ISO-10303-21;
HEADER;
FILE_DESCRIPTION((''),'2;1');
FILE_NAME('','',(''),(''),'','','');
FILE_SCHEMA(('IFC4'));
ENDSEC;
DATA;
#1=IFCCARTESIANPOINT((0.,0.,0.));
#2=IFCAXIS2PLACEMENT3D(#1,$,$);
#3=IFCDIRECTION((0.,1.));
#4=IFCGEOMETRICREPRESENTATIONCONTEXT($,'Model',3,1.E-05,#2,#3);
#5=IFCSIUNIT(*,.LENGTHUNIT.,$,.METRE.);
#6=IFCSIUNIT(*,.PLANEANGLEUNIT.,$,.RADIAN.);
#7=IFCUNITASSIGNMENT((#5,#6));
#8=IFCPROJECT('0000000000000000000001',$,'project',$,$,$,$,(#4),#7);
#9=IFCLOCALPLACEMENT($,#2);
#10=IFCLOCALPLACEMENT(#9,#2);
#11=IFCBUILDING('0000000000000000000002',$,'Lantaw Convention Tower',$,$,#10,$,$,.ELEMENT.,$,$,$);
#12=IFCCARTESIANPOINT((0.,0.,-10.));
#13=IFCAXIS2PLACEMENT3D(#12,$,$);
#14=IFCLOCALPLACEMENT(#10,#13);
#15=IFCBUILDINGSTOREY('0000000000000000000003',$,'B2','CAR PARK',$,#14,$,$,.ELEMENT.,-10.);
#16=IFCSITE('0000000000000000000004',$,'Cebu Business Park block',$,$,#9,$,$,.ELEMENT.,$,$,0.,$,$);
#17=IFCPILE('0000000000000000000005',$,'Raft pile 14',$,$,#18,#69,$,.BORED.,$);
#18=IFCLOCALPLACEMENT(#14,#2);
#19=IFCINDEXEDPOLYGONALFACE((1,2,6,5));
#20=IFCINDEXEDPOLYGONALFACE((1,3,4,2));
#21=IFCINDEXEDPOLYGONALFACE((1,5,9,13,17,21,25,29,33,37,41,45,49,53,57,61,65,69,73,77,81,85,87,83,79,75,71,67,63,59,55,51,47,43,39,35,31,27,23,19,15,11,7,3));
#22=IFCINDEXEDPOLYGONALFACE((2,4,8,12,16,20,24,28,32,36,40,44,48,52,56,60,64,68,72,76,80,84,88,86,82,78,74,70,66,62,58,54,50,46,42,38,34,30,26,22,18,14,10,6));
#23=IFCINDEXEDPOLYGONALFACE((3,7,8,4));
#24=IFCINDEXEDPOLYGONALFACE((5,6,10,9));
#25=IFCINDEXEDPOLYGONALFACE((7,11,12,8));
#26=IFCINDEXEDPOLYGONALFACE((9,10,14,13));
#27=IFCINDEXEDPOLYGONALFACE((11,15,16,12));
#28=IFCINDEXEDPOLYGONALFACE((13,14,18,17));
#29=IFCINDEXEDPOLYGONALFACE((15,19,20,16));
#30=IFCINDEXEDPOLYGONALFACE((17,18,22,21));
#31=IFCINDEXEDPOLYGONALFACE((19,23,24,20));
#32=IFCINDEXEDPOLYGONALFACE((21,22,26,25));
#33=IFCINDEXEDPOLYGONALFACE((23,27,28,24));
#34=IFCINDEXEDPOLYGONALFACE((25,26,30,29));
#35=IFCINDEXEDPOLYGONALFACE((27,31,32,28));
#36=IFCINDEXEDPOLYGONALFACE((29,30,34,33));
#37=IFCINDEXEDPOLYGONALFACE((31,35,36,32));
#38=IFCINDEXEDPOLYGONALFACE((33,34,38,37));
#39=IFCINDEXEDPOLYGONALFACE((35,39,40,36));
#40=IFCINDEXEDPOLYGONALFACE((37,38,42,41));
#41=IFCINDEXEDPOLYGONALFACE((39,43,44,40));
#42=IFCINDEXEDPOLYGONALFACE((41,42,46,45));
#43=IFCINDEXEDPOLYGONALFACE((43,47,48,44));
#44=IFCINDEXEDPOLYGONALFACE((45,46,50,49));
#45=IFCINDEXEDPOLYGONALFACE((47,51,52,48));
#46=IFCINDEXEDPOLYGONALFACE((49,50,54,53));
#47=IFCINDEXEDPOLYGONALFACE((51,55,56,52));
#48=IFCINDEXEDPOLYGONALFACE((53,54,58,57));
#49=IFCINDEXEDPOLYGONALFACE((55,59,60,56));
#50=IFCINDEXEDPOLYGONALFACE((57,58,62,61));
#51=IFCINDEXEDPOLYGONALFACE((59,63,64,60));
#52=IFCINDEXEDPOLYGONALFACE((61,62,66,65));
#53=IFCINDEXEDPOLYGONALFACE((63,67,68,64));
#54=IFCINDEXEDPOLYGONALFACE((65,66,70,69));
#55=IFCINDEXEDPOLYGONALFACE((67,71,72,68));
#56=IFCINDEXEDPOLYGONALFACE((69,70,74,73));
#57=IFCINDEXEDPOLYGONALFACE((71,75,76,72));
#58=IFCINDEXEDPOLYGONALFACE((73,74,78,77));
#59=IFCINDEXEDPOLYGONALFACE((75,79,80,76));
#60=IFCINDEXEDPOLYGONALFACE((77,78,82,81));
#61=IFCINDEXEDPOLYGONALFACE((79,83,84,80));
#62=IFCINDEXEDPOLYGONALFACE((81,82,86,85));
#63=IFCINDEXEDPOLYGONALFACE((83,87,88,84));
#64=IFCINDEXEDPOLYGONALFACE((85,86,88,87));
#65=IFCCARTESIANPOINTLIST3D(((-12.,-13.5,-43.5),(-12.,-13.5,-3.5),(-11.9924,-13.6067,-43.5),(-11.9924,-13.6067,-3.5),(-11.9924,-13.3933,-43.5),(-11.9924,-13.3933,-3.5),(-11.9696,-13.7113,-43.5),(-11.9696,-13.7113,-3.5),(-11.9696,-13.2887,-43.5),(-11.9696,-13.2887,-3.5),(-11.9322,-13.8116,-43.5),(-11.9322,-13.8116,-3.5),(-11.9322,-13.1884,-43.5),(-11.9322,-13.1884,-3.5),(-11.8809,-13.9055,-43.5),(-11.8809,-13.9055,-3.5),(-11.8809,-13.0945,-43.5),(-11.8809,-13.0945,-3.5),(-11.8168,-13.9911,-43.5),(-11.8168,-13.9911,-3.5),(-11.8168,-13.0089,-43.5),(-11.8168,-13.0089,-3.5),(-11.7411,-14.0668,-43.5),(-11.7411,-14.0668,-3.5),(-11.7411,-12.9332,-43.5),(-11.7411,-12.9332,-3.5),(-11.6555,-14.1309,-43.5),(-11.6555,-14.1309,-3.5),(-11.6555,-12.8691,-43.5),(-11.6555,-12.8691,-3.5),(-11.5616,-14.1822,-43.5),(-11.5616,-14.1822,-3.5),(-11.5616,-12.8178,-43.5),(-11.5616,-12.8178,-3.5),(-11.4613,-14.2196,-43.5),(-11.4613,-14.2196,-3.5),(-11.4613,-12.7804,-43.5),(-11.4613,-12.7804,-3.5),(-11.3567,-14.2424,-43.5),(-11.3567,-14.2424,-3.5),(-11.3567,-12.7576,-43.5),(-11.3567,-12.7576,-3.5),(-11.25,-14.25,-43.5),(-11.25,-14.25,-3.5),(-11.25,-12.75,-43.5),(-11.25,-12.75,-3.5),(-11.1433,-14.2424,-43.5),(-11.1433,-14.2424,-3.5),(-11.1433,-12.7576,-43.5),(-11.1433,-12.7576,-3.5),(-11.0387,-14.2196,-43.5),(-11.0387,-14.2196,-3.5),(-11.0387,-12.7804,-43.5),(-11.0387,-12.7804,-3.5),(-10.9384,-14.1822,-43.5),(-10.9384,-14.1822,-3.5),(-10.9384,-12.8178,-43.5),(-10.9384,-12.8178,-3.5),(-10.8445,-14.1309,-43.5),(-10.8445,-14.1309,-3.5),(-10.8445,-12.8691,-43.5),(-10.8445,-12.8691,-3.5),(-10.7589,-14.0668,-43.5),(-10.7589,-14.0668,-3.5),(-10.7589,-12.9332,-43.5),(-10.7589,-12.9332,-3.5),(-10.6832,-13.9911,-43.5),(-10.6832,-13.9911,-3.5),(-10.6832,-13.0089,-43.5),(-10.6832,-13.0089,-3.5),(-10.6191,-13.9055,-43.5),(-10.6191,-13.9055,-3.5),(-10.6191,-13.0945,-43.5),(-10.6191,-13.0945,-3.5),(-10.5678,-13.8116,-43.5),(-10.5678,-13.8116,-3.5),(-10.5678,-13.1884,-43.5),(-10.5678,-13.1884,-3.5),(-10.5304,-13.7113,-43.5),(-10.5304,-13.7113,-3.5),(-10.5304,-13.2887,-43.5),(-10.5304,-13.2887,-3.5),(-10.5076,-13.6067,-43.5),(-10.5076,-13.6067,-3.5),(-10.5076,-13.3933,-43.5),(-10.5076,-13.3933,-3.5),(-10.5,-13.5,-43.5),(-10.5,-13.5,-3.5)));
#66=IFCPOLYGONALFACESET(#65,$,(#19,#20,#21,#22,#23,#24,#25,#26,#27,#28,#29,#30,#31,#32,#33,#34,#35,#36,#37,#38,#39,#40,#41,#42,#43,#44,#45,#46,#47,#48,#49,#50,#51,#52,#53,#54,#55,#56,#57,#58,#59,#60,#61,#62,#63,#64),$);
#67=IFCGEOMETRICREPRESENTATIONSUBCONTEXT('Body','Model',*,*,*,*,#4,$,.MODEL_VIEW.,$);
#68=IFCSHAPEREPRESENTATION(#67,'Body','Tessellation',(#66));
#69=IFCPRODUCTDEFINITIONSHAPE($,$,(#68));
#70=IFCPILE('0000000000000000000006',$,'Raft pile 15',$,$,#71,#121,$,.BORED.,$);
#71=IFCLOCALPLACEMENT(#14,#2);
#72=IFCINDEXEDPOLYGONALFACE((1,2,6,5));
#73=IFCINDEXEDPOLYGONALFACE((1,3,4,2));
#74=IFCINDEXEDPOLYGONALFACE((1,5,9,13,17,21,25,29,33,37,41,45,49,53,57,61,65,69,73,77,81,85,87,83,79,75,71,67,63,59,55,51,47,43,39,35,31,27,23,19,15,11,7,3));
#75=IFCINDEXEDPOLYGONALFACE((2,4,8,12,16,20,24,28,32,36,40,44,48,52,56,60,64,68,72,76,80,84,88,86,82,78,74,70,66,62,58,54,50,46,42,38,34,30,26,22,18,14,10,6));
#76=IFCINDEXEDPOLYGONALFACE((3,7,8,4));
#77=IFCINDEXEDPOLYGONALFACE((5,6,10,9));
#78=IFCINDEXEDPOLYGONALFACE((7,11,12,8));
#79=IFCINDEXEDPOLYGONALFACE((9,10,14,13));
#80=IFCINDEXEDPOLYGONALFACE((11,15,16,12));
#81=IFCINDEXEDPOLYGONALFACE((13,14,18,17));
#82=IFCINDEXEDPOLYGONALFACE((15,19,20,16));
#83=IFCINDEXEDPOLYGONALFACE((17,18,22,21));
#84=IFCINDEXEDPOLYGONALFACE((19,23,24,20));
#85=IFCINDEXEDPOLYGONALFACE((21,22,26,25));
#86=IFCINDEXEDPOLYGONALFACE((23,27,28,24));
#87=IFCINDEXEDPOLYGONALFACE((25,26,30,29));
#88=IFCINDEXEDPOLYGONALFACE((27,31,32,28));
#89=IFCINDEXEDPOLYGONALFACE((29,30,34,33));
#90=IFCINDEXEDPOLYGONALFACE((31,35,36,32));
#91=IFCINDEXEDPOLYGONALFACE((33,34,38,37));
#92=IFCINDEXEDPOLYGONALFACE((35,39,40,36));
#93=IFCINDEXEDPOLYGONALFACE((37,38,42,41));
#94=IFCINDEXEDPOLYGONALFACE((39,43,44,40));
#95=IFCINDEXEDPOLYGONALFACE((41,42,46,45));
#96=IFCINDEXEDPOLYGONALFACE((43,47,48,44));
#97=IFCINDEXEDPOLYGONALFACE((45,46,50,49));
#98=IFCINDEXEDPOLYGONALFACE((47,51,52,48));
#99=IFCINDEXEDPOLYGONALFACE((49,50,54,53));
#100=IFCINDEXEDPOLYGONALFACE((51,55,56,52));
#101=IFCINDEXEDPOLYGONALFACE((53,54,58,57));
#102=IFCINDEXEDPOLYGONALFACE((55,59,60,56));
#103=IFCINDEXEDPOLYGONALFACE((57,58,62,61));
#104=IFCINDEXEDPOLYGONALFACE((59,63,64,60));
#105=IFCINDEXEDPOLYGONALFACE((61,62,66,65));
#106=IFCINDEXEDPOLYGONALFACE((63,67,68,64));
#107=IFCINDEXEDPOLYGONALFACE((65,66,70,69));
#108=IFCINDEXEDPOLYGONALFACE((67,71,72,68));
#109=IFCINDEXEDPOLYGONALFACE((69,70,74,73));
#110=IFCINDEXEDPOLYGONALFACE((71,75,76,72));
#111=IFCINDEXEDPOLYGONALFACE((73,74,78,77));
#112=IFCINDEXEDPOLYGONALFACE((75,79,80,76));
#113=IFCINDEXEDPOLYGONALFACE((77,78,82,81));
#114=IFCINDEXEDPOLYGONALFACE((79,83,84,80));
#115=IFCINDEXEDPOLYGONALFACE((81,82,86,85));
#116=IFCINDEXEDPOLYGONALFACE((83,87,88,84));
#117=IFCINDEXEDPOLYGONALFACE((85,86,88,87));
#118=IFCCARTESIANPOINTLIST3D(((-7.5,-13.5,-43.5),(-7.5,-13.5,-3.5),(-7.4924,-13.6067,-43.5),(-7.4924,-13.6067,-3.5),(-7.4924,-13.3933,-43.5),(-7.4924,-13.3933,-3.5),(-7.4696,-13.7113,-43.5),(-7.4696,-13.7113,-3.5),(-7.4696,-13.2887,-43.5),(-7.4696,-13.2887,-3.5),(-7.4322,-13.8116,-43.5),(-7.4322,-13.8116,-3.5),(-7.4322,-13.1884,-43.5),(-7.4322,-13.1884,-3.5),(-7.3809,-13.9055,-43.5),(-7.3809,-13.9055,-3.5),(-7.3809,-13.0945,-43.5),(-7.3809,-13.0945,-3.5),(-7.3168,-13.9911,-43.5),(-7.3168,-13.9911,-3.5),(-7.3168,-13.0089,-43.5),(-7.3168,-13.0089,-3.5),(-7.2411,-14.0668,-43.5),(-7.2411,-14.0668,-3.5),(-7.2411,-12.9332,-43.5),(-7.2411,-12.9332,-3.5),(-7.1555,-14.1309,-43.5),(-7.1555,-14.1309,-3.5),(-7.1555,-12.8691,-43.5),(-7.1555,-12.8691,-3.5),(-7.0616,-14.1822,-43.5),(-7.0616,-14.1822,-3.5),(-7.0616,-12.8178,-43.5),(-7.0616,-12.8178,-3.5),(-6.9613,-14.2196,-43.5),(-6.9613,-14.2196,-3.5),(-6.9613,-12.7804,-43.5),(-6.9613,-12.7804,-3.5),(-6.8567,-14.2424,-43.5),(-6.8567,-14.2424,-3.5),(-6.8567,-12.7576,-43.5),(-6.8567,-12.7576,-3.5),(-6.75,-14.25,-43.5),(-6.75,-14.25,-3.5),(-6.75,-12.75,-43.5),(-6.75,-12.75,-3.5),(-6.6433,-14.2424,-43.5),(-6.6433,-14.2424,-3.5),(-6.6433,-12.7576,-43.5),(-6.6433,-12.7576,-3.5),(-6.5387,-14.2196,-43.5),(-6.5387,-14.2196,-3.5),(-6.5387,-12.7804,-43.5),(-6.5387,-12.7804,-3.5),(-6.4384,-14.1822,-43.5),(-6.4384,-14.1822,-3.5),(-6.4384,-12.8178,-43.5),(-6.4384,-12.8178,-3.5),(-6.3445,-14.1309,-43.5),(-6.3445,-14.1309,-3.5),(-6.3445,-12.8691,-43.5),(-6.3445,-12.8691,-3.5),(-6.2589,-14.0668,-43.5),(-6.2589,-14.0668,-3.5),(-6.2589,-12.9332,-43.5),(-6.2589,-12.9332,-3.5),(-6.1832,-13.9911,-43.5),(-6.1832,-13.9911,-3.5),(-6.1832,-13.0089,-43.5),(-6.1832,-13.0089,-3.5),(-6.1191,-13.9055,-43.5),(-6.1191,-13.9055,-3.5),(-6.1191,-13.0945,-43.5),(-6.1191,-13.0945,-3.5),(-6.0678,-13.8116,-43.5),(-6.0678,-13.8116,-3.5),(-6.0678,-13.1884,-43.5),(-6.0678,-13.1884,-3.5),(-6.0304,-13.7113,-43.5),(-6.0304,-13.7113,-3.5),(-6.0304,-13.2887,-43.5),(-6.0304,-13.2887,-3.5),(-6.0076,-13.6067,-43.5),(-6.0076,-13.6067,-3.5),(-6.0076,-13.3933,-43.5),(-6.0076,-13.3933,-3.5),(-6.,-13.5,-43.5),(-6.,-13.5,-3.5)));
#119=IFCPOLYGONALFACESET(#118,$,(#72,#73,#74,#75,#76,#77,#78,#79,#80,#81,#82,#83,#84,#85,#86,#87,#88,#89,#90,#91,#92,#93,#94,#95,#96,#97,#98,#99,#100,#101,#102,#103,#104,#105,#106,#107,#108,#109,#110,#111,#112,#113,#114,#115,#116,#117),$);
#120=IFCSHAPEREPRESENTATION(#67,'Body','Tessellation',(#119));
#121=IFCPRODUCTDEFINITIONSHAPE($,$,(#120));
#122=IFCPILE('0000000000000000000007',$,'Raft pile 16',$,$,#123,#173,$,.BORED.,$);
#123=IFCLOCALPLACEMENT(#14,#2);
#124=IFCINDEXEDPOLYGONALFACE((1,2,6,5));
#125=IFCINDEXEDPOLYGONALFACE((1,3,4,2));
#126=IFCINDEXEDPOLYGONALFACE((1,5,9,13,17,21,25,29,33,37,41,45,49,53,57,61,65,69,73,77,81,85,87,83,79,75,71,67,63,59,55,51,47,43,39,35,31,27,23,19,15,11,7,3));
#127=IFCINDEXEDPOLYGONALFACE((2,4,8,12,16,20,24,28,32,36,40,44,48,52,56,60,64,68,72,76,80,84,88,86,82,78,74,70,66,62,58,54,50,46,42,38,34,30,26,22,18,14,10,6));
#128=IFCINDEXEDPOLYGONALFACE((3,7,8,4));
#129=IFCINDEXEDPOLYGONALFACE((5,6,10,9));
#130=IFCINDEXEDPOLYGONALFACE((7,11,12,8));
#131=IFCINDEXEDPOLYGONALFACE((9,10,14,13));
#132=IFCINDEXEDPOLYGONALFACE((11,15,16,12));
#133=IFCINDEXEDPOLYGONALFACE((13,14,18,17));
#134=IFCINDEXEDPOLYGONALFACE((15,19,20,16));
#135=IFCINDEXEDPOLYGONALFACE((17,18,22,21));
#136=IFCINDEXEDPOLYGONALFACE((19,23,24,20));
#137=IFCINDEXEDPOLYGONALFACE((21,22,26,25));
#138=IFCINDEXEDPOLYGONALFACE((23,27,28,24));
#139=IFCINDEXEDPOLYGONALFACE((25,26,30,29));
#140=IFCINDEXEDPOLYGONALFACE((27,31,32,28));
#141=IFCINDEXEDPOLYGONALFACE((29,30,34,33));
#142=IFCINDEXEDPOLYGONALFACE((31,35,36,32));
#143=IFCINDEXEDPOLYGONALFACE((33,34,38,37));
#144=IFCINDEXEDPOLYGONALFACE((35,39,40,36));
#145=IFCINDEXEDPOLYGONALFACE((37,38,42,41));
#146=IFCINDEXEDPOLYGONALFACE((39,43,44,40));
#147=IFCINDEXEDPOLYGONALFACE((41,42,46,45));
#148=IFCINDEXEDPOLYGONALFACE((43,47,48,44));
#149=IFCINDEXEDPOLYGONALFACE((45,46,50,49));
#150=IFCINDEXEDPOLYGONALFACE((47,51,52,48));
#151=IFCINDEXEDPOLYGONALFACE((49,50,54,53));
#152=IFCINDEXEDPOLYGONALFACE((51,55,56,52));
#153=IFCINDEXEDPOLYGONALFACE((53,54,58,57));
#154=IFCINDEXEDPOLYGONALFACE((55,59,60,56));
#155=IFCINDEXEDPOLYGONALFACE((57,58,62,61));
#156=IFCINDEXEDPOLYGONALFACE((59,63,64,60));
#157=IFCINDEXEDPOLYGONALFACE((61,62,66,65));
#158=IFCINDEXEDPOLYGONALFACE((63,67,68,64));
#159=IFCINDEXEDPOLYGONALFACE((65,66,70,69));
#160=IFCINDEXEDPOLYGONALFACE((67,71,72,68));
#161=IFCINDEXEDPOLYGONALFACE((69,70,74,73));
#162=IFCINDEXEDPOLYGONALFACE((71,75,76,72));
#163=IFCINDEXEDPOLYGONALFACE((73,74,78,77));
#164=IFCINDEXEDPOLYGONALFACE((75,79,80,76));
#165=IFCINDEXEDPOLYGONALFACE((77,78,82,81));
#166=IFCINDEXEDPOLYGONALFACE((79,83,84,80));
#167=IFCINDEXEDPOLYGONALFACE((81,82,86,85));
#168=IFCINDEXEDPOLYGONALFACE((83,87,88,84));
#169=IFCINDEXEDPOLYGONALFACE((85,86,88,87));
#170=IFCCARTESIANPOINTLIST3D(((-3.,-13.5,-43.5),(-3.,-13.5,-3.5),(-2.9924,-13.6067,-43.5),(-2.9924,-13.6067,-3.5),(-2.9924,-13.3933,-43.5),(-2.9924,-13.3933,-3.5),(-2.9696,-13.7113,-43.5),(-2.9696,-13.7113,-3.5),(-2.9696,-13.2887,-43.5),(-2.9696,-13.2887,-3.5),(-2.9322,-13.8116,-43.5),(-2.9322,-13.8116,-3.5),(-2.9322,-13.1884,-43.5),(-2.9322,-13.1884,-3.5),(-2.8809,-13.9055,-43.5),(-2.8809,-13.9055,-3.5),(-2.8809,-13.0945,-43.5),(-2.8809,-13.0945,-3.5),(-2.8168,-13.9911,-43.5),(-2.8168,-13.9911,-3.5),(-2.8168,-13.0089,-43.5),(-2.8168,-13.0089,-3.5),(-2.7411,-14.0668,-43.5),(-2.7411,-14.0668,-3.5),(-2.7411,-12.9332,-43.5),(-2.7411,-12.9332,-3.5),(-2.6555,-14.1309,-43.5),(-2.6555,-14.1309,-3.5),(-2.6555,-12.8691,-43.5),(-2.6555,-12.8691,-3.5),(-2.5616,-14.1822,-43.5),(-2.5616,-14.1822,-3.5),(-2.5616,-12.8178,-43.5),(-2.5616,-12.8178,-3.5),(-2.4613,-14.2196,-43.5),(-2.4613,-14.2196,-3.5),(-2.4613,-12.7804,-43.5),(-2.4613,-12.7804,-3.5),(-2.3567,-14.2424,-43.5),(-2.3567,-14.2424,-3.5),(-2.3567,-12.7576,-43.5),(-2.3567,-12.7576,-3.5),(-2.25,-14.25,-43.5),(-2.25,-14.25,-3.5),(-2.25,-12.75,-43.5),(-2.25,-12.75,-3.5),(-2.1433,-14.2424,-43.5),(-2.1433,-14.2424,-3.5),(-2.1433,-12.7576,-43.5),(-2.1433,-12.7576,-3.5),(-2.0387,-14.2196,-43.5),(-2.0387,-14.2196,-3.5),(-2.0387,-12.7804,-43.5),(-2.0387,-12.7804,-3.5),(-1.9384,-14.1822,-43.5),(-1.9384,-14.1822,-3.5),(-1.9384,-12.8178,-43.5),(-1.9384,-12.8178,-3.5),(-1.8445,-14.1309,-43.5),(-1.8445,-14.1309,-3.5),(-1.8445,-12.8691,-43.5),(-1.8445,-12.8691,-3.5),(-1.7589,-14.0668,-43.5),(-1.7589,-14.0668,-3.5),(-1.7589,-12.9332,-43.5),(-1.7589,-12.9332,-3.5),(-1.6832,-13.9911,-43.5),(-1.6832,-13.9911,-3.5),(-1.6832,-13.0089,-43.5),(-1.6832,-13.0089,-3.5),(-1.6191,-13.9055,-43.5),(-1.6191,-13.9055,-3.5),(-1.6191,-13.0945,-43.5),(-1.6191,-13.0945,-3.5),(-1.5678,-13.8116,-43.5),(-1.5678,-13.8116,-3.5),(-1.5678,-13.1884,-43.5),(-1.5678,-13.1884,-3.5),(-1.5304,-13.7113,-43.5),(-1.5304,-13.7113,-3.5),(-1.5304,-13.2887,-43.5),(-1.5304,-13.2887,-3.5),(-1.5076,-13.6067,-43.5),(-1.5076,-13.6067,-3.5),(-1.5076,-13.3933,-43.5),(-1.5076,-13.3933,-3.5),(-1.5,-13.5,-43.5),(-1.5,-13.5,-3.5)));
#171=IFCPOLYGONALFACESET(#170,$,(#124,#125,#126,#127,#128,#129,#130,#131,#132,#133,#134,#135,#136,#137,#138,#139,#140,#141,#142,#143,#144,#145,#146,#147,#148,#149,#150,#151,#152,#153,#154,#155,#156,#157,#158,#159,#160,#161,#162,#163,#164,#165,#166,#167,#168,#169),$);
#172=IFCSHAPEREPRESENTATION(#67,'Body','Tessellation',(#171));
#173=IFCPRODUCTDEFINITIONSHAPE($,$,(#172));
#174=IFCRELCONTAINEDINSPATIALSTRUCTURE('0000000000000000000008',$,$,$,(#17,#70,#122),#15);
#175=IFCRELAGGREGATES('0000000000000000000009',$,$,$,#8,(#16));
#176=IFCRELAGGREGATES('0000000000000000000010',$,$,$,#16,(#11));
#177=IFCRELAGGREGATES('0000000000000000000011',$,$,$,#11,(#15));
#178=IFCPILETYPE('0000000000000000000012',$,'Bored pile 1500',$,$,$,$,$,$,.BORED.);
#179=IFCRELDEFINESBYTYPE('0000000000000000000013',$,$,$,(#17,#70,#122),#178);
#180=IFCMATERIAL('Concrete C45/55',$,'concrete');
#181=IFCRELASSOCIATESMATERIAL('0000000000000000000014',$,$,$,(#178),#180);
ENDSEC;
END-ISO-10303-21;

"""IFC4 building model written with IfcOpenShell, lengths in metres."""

from ifc_helpers import new_model, si_unit, direction, frame, origin, origin_2d, place, context, subcontext, project, spatial, circle, extrude, material, material_profile, profile_set, type_object, element, save


model = new_model("IFC4")

# Units and contexts
model_context = context("Model", 3, precision=1e-05, world=origin(), true_north=direction((0.0, 1.0)))
body_context = subcontext(model_context, "Body", "Model", "MODEL_VIEW")
ifc_project = project(units=[si_unit("LENGTHUNIT", "METRE"), si_unit("PLANEANGLEUNIT", "RADIAN")], contexts=[model_context])

# Site, building, storey
site_placement = place(None, origin())
site = spatial("IfcSite", under=ifc_project, at=site_placement, Name="Cebu Business Park block", CompositionType="ELEMENT", RefElevation=0.0)
building_placement = place(site_placement, origin())
building = spatial("IfcBuilding", under=site, at=building_placement, Name="Lantaw Convention Tower", CompositionType="ELEMENT")
storey_placement = place(building_placement, frame((0.0, 0.0, -10.0)))
storey = spatial("IfcBuildingStorey", under=building, at=storey_placement, Name="B2", Description="CAR PARK", CompositionType="ELEMENT", Elevation=-10.0)

# Piles
ifc_material_1 = material(Name="Concrete C45/55", Category="concrete")
ifc_material_profile_1 = material_profile(ifc_material_1, circle(Radius=0.75, at=origin_2d()), Name="Bored pile 1500")
ifc_profile_set_1 = profile_set([ifc_material_profile_1], Name="Concrete C45/55")
pile_type_1 = type_object("IfcPileType", Name="Bored pile 1500", PredefinedType="BORED", material=ifc_profile_set_1)
for number, where, z_axis, x_axis, name in (
    (1, (-11.25, -13.5, -3.5), (0.0, 0.0, -1.0), (1.0, 0.0, 0.0), "Raft pile 14"),
    (2, (-6.75, -13.5, -3.5), (0.0, 0.0, -1.0), (1.0, 0.0, 0.0), "Raft pile 15"),
    (3, (-2.25, -13.5, -3.5), (0.0, 0.0, -1.0), (1.0, 0.0, 0.0), "Raft pile 16"),
):
    element("IfcPile", number, at=place(storey_placement, frame(where, z_axis=z_axis, x_axis=x_axis)), inside=storey, type_object=pile_type_1, Name=name, PredefinedType="BORED", context=body_context, shape_type="SweptSolid", body=[
        extrude(circle(Radius=0.75, at=origin_2d()), origin(), (0.0, 0.0, 1.0), 40.0),
    ])

save(model, "model.ifc")
